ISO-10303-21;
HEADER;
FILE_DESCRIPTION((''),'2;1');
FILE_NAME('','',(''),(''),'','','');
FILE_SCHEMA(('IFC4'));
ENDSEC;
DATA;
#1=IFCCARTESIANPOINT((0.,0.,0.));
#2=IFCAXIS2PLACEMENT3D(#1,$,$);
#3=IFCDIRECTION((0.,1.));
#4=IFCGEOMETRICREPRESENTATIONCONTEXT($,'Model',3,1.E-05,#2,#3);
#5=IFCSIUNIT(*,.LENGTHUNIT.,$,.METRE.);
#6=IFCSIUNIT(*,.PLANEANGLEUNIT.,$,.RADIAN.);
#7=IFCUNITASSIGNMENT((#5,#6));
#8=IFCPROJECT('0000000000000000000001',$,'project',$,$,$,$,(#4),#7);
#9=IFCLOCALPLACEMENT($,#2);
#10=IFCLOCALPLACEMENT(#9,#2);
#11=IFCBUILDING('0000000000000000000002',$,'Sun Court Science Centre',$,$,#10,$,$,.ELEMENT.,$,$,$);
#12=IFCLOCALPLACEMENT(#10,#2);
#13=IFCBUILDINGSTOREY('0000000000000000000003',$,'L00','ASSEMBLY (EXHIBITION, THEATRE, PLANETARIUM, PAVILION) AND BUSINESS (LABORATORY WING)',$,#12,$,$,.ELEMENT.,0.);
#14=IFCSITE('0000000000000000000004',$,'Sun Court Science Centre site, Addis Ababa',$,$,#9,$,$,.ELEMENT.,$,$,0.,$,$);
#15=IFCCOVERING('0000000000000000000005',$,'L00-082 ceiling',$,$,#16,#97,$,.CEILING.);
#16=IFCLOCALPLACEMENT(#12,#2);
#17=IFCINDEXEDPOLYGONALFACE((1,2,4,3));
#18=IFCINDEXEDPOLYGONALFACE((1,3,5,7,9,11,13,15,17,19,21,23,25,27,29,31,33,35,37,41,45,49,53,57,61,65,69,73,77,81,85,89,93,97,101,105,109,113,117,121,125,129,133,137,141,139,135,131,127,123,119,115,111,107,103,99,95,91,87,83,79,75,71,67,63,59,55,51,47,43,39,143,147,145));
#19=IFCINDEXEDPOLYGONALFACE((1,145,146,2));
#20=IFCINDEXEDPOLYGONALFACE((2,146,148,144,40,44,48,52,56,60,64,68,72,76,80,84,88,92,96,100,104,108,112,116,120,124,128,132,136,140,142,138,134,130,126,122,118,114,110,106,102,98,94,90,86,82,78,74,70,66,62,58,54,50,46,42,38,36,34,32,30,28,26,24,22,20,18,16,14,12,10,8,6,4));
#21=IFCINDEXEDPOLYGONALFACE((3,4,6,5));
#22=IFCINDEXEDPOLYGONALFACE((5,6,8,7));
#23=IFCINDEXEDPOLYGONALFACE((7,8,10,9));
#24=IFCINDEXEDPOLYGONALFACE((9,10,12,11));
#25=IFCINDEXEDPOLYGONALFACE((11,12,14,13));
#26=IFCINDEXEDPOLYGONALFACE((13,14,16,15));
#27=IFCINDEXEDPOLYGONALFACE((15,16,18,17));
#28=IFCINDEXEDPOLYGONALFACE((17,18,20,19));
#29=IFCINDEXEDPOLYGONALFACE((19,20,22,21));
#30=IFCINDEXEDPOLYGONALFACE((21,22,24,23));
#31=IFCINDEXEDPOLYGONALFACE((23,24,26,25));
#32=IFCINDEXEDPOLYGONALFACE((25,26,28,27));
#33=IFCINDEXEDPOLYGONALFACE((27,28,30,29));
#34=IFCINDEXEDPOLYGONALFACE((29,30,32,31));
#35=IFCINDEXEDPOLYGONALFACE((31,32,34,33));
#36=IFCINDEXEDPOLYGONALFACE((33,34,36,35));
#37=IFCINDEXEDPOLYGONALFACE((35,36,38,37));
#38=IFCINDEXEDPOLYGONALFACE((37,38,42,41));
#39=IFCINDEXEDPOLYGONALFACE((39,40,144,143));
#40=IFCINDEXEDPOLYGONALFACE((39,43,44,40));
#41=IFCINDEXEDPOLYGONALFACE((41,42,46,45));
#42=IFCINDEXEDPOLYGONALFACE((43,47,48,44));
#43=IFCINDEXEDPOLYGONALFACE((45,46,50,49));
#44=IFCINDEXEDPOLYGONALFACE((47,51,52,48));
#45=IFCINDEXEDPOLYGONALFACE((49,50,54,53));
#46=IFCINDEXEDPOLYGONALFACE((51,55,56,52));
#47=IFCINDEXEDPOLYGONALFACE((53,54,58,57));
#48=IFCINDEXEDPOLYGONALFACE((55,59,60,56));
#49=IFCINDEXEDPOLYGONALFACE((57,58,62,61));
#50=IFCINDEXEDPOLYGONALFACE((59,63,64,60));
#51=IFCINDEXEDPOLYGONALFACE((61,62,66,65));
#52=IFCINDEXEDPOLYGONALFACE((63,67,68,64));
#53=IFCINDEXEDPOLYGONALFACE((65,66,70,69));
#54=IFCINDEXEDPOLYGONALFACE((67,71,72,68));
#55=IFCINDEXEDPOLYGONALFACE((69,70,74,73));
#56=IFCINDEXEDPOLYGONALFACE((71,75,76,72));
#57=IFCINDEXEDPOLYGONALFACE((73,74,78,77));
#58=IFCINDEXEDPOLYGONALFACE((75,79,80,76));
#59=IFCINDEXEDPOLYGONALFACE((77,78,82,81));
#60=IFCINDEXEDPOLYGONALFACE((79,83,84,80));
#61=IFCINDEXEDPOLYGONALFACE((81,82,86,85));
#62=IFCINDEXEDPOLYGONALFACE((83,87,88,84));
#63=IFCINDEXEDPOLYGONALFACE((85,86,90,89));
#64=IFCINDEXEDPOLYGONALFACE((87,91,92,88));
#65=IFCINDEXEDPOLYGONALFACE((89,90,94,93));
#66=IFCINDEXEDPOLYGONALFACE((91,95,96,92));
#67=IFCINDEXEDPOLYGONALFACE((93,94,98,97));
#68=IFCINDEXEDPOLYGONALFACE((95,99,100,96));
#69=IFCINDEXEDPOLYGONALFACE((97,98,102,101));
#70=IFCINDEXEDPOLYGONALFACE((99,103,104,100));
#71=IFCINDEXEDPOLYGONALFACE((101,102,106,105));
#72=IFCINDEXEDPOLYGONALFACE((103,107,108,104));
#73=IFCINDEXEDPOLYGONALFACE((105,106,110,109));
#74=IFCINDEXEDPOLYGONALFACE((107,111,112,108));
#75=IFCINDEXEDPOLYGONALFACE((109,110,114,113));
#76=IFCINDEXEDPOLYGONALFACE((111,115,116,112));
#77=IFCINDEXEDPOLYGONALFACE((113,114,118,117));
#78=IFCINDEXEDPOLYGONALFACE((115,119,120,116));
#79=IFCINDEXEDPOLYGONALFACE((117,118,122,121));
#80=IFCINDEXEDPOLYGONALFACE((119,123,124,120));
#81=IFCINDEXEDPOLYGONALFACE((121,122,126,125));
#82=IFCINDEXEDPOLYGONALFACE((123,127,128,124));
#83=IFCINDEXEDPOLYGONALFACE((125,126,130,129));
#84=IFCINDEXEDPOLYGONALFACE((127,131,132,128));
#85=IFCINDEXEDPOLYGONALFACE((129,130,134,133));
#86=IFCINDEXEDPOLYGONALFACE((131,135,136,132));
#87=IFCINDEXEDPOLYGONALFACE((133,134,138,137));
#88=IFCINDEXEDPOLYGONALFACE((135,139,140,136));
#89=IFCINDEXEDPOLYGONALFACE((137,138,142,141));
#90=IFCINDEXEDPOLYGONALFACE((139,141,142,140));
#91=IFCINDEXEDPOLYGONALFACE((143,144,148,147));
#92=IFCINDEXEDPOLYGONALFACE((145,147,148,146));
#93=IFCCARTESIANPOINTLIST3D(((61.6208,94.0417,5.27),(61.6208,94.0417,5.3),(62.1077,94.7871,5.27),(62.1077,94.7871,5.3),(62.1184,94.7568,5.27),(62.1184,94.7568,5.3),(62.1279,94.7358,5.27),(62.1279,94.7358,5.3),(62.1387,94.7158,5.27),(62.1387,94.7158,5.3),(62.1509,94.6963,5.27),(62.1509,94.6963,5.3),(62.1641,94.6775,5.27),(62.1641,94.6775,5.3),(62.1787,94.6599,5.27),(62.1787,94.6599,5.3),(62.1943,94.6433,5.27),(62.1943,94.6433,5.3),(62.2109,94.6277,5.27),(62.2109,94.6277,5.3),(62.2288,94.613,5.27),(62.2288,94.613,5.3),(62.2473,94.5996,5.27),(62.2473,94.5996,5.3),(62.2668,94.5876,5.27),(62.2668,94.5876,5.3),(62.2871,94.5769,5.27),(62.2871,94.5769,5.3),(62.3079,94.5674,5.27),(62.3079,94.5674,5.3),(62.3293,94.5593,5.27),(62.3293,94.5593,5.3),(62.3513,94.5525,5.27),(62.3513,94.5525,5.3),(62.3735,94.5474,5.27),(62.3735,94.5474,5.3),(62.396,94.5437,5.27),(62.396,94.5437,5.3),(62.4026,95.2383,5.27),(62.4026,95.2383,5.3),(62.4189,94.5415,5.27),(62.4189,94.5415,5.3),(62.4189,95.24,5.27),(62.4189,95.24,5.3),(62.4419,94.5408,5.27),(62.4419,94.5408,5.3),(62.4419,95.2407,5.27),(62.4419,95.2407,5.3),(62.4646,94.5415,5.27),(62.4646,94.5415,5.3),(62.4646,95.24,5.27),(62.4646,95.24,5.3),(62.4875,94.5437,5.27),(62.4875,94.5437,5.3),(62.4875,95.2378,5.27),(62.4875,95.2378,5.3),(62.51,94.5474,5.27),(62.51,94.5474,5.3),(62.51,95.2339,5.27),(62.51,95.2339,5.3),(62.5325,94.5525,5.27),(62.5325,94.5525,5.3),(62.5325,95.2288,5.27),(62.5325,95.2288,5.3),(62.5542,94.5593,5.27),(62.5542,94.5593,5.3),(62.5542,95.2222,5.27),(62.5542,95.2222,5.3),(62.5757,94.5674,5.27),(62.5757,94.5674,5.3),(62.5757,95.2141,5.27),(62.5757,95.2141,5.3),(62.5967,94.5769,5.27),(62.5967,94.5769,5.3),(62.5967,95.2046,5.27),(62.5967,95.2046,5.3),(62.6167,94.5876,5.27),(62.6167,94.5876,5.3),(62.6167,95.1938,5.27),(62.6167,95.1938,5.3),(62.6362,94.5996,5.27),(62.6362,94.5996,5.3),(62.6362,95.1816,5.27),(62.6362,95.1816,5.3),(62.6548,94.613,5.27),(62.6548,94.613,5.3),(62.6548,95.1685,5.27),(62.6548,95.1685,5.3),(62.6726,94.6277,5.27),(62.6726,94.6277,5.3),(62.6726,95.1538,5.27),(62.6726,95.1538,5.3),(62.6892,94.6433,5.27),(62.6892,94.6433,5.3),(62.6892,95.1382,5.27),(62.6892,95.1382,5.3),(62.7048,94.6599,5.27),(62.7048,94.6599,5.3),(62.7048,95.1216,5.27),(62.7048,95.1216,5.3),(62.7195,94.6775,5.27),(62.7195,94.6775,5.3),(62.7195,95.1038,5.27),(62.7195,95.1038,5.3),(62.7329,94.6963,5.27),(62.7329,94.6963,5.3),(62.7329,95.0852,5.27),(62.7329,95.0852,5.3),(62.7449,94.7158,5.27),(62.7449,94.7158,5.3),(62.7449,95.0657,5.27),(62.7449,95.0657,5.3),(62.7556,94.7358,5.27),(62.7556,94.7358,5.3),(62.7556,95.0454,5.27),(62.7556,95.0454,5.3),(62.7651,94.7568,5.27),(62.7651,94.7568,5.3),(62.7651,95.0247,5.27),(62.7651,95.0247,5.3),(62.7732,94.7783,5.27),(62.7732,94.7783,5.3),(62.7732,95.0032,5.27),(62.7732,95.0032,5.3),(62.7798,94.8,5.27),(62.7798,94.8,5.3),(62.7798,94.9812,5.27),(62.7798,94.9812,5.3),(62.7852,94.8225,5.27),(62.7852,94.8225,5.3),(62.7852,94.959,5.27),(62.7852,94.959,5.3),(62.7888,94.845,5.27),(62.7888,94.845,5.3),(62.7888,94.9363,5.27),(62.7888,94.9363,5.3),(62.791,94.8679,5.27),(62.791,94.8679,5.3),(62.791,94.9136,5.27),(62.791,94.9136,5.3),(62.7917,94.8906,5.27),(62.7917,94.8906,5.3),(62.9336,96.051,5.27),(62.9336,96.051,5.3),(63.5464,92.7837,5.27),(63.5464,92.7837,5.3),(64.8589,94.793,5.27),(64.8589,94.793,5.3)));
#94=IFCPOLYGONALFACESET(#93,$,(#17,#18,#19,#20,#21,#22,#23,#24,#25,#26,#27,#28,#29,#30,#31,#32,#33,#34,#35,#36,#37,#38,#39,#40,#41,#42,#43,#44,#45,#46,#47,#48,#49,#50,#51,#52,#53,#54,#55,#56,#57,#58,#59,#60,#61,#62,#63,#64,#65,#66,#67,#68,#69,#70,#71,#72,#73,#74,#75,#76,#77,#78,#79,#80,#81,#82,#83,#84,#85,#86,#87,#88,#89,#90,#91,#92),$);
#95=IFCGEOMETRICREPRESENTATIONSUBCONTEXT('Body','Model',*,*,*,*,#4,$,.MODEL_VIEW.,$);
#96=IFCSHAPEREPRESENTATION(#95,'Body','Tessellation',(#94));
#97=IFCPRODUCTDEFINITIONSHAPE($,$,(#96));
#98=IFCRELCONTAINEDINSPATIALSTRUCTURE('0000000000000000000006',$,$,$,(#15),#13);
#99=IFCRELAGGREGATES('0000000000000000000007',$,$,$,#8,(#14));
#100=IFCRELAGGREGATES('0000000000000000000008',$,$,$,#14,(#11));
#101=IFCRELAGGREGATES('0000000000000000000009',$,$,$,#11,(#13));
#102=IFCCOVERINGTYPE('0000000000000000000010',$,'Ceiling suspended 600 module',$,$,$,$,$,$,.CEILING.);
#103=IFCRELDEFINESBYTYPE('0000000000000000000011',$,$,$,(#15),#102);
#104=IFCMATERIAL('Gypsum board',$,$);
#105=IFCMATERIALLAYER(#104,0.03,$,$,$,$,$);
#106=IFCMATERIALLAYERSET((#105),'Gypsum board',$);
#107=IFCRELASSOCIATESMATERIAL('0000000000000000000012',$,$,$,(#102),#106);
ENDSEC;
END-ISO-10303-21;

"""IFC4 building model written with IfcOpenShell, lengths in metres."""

from ifc_helpers import new_model, si_unit, direction, frame, origin, place, context, subcontext, project, spatial, polyline, outline, extrude, material, layer, layer_set, type_object, element, save


model = new_model("IFC4")

# Units and contexts
model_context = context("Model", 3, precision=1e-05, world=origin(), true_north=direction((0.0, 1.0)))
body_context = subcontext(model_context, "Body", "Model", "MODEL_VIEW")
ifc_project = project(units=[si_unit("LENGTHUNIT", "METRE"), si_unit("PLANEANGLEUNIT", "RADIAN")], contexts=[model_context])

# Site, building, storey
site_placement = place(None, origin())
site = spatial("IfcSite", under=ifc_project, at=site_placement, Name="Sun Court Science Centre site, Addis Ababa", CompositionType="ELEMENT", RefElevation=0.0)
building_placement = place(site_placement, origin())
building = spatial("IfcBuilding", under=site, at=building_placement, Name="Sun Court Science Centre", CompositionType="ELEMENT")
storey_placement = place(building_placement, origin())
storey = spatial("IfcBuildingStorey", under=building, at=storey_placement, Name="L00", Description="ASSEMBLY (EXHIBITION, THEATRE, PLANETARIUM, PAVILION) AND BUSINESS (LABORATORY WING)", CompositionType="ELEMENT", Elevation=0.0)

# Covering
ifc_material_1 = material(Name="Gypsum board")
ifc_layer_1 = layer(ifc_material_1, 0.03)
ifc_layer_set_1 = layer_set([ifc_layer_1], Name="Gypsum board")
covering_type_1 = type_object("IfcCoveringType", Name="Ceiling suspended 600 module", PredefinedType="CEILING", material=ifc_layer_set_1)
covering_1_placement = place(storey_placement, frame((0.0, 0.0, 5.27)))
element("IfcCovering", 1, at=covering_1_placement, inside=storey, type_object=covering_type_1, Name="L00-082 ceiling", PredefinedType="CEILING", context=body_context, shape_type="SweptSolid", body=[
    extrude(outline(polyline([(63.5464, 92.7837), (61.6208, 94.0417), (62.1077, 94.7871), (62.1184, 94.7568), (62.1279, 94.7358), (62.1387, 94.7158), (62.1509, 94.6963), (62.1641, 94.6775), (62.1787, 94.6599), (62.1943, 94.6433), (62.2109, 94.6277), (62.2288, 94.613), (62.2473, 94.5996), (62.2668, 94.5876), (62.2871, 94.5769), (62.3079, 94.5674), (62.3293, 94.5593), (62.3513, 94.5525), (62.3735, 94.5474), (62.396, 94.5437), (62.4189, 94.5415), (62.4419, 94.5408), (62.4646, 94.5415), (62.4875, 94.5437), (62.51, 94.5474), (62.5325, 94.5525), (62.5542, 94.5593), (62.5757, 94.5674), (62.5967, 94.5769), (62.6167, 94.5876), (62.6362, 94.5996), (62.6548, 94.613), (62.6726, 94.6277), (62.6892, 94.6433), (62.7048, 94.6599), (62.7195, 94.6775), (62.7329, 94.6963), (62.7449, 94.7158), (62.7556, 94.7358), (62.7651, 94.7568), (62.7732, 94.7783), (62.7798, 94.8), (62.7852, 94.8225), (62.7888, 94.845), (62.791, 94.8679), (62.7917, 94.8906), (62.791, 94.9136), (62.7888, 94.9363), (62.7852, 94.959), (62.7798, 94.9812), (62.7732, 95.0032), (62.7651, 95.0247), (62.7556, 95.0454), (62.7449, 95.0657), (62.7329, 95.0852), (62.7195, 95.1038), (62.7048, 95.1216), (62.6892, 95.1382), (62.6726, 95.1538), (62.6548, 95.1685), (62.6362, 95.1816), (62.6167, 95.1938), (62.5967, 95.2046), (62.5757, 95.2141), (62.5542, 95.2222), (62.5325, 95.2288), (62.51, 95.2339), (62.4875, 95.2378), (62.4646, 95.24), (62.4419, 95.2407), (62.4189, 95.24), (62.4026, 95.2383), (62.9336, 96.051), (64.8589, 94.793), (63.5464, 92.7837)])), origin(), (0.0, 0.0, 1.0), 0.03),
])

save(model, "model.ifc")
